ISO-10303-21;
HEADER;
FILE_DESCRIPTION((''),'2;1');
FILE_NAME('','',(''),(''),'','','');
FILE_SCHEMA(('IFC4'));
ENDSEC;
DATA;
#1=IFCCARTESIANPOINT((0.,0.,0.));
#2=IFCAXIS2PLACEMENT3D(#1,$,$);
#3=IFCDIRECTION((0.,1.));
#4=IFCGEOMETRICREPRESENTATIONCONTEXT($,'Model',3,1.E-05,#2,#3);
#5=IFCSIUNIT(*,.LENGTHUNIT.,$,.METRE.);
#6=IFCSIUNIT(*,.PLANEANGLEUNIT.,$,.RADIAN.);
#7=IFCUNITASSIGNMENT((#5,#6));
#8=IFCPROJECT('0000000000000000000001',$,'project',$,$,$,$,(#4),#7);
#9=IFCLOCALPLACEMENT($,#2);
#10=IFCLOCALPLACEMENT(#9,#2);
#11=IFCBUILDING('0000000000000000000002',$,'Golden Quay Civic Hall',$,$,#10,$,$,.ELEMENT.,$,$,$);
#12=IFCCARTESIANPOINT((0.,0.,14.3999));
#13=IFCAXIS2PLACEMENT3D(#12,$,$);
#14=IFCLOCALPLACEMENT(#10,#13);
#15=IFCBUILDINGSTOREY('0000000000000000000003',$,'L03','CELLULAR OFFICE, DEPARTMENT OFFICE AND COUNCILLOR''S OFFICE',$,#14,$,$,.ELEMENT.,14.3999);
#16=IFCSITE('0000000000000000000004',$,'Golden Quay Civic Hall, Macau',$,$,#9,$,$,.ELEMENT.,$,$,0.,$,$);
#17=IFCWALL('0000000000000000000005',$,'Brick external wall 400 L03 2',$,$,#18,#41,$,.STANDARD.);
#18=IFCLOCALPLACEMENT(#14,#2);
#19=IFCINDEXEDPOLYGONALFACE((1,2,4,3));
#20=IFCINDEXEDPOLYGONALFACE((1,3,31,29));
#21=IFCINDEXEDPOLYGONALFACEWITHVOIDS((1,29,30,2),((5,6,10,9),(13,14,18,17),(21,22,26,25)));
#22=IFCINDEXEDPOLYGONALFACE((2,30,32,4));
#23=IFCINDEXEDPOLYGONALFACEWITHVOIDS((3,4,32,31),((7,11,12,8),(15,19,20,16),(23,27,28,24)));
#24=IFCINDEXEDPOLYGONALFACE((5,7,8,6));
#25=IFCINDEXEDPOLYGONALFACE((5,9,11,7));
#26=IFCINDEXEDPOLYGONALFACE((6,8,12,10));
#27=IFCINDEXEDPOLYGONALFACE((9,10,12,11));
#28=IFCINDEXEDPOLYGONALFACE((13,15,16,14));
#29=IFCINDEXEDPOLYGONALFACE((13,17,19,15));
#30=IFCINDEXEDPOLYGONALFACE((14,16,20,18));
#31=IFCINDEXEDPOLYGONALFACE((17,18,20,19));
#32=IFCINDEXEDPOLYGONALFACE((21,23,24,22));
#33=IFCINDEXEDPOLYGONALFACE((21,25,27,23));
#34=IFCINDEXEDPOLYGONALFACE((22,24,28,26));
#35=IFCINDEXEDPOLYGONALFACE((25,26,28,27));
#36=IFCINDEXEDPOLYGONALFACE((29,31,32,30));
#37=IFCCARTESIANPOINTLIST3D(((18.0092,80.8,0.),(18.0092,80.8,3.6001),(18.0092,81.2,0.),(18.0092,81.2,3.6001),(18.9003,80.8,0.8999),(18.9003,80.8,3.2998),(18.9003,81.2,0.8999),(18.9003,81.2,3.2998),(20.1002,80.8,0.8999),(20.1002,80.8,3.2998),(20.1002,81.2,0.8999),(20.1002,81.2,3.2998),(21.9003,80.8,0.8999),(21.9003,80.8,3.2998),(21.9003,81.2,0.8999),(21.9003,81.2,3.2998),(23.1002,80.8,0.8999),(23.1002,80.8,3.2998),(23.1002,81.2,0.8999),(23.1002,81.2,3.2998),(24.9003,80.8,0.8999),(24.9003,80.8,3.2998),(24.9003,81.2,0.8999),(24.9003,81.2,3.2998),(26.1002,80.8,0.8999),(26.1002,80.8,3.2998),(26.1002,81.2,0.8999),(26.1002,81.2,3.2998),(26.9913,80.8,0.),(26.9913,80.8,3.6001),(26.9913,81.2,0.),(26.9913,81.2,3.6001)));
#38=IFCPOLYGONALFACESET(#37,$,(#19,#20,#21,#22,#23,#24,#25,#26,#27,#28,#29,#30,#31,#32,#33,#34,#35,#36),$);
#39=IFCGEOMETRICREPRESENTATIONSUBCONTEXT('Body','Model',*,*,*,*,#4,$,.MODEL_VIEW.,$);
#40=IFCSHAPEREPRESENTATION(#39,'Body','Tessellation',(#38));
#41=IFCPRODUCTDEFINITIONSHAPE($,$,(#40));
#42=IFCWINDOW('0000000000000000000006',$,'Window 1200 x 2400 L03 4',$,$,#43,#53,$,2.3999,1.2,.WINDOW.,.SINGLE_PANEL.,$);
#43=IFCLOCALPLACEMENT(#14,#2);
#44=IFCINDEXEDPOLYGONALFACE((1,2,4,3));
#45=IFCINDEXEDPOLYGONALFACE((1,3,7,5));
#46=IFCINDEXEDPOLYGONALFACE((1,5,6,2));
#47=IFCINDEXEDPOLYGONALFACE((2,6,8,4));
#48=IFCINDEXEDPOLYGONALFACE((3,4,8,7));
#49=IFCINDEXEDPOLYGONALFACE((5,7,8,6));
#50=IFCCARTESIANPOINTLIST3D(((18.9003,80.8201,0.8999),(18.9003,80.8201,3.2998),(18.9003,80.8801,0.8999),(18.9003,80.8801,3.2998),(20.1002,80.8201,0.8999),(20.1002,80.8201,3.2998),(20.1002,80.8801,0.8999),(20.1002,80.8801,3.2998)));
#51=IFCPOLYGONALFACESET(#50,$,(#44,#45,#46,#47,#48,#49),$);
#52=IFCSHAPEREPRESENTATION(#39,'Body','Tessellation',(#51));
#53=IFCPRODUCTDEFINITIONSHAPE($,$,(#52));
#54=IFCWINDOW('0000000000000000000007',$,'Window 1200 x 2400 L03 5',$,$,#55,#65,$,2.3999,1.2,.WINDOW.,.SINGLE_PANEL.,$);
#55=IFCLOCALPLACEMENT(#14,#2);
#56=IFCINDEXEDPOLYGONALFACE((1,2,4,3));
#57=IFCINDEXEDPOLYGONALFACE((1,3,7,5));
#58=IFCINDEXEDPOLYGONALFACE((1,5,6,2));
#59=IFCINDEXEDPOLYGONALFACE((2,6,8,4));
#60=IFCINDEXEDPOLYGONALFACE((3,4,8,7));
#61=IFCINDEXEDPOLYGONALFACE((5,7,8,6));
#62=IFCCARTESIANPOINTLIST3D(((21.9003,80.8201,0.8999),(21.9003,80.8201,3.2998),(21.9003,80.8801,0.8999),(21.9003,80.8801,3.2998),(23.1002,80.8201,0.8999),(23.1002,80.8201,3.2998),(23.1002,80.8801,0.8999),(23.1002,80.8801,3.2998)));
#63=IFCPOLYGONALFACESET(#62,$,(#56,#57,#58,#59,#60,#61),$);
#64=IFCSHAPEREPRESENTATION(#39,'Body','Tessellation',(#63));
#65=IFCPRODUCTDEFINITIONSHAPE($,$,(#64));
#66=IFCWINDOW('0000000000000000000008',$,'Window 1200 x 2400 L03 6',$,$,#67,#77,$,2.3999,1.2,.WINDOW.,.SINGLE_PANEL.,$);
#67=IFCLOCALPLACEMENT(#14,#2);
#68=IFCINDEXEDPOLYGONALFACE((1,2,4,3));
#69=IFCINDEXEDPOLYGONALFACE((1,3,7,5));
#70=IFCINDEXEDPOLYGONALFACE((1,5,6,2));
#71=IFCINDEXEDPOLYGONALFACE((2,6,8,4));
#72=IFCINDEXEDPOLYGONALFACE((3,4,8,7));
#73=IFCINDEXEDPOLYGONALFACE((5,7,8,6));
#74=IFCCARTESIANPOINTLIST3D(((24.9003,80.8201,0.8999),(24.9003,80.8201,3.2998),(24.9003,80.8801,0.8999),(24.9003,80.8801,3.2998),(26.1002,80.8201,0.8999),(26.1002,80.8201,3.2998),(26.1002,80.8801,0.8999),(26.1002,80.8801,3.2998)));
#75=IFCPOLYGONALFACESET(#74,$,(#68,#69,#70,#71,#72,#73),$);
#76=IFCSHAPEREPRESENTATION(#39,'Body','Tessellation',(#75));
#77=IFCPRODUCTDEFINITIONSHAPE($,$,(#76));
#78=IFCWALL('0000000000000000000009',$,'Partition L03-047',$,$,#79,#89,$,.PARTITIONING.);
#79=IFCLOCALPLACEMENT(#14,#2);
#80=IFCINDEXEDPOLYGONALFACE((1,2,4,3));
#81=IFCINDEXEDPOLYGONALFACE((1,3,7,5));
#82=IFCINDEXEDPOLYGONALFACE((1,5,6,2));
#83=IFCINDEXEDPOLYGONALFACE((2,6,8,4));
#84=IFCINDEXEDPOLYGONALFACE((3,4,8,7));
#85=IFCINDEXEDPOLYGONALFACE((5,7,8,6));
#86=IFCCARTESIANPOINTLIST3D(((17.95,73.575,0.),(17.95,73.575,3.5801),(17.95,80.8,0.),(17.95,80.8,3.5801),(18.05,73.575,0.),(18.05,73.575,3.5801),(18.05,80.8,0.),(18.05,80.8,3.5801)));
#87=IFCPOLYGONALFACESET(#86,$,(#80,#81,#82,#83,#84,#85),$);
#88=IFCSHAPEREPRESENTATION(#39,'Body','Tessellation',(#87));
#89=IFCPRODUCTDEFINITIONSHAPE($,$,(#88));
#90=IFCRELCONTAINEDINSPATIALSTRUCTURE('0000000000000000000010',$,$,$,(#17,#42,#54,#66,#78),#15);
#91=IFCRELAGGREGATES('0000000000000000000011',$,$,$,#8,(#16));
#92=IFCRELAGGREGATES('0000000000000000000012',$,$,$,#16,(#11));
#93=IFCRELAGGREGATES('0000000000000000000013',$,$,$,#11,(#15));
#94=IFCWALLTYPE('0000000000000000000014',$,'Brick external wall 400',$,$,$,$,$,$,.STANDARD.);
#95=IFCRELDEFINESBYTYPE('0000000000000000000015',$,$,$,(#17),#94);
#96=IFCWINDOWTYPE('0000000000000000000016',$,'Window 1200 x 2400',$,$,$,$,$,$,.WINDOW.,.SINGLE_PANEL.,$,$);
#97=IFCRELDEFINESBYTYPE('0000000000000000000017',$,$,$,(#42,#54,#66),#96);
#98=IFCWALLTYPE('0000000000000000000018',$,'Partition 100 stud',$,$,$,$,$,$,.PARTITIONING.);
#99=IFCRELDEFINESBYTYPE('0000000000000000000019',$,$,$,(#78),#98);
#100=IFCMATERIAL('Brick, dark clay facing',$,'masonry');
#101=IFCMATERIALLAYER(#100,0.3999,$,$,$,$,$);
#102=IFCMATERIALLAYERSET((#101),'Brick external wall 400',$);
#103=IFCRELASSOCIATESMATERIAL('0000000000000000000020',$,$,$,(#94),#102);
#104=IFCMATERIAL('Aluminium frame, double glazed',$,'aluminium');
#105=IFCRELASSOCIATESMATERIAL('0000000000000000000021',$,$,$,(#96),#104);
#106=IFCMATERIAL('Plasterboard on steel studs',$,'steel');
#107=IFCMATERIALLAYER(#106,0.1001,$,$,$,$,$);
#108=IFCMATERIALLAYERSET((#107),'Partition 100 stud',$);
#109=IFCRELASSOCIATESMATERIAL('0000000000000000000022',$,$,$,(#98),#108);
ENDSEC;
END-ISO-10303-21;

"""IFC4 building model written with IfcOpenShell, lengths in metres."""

from ifc_helpers import new_model, si_unit, direction, frame, frame_2d, origin, place, context, subcontext, project, spatial, rectangle, extrude, material, layer, layer_set, type_object, element, fill, save


model = new_model("IFC4")

# Units and contexts
model_context = context("Model", 3, precision=1e-05, world=origin(), true_north=direction((0.0, 1.0)))
body_context = subcontext(model_context, "Body", "Model", "MODEL_VIEW")
ifc_project = project(units=[si_unit("LENGTHUNIT", "METRE"), si_unit("PLANEANGLEUNIT", "RADIAN")], contexts=[model_context])

# Site, building, storey
site_placement = place(None, origin())
site = spatial("IfcSite", under=ifc_project, at=site_placement, Name="Golden Quay Civic Hall, Macau", CompositionType="ELEMENT", RefElevation=0.0)
building_placement = place(site_placement, origin())
building = spatial("IfcBuilding", under=site, at=building_placement, Name="Golden Quay Civic Hall", CompositionType="ELEMENT")
storey_placement = place(building_placement, frame((0.0, 0.0, 14.3999)))
storey = spatial("IfcBuildingStorey", under=building, at=storey_placement, Name="L03", Description="CELLULAR OFFICE, DEPARTMENT OFFICE AND COUNCILLOR'S OFFICE", CompositionType="ELEMENT", Elevation=14.3999)

# Wall, openings, windows
ifc_material_1 = material(Name="Brick, dark clay facing", Category="masonry")
ifc_layer_1 = layer(ifc_material_1, 0.3999)
ifc_layer_set_1 = layer_set([ifc_layer_1], Name="Brick external wall 400")
wall_type_1 = type_object("IfcWallType", Name="Brick external wall 400", PredefinedType="STANDARD", material=ifc_layer_set_1)
wall_1_placement = place(storey_placement, frame((18.009, 81.0, 0.0), z_axis=(0.0, 0.0, 1.0), x_axis=(1.0, 0.0, 0.0)))
wall_1 = element("IfcWall", 1, at=wall_1_placement, inside=storey, type_object=wall_type_1, Name="Brick external wall 400 L03 2", PredefinedType="STANDARD", context=body_context, shape_type="SweptSolid", body=[
    extrude(rectangle(XDim=8.9822, YDim=0.3999, at=frame_2d((4.4912, 0.0))), origin(), (0.0, 0.0, 1.0), 3.6001),
])
opening_1_placement = place(wall_1_placement, frame((0.8911, 0.0, 0.8999)))
opening_1 = element("IfcOpeningElement", 2, at=opening_1_placement, cuts=wall_1, PredefinedType="OPENING", context=body_context, shape_type="SweptSolid", body=[
    extrude(rectangle(XDim=1.2, YDim=2.3999, at=frame_2d((0.6001, 1.2))), frame((0.0, 0.21, 0.0), z_axis=(0.0, -1.0, 0.0), x_axis=(1.0, 0.0, 0.0)), (0.0, 0.0, 1.0), 0.4199),
])
opening_2_placement = place(wall_1_placement, frame((3.8911, 0.0, 0.8999)))
opening_2 = element("IfcOpeningElement", 3, at=opening_2_placement, cuts=wall_1, PredefinedType="OPENING", context=body_context, shape_type="SweptSolid", body=[
    extrude(rectangle(XDim=1.2, YDim=2.3999, at=frame_2d((0.6001, 1.2))), frame((0.0, 0.21, 0.0), z_axis=(0.0, -1.0, 0.0), x_axis=(1.0, 0.0, 0.0)), (0.0, 0.0, 1.0), 0.4199),
])
opening_3_placement = place(wall_1_placement, frame((6.8911, 0.0, 0.8999)))
opening_3 = element("IfcOpeningElement", 4, at=opening_3_placement, cuts=wall_1, PredefinedType="OPENING", context=body_context, shape_type="SweptSolid", body=[
    extrude(rectangle(XDim=1.2, YDim=2.3999, at=frame_2d((0.6001, 1.2))), frame((0.0, 0.21, 0.0), z_axis=(0.0, -1.0, 0.0), x_axis=(1.0, 0.0, 0.0)), (0.0, 0.0, 1.0), 0.4199),
])
ifc_material_2 = material(Name="Aluminium frame, double glazed", Category="aluminium")
window_type = type_object("IfcWindowType", Name="Window 1200 x 2400", PartitioningType="SINGLE_PANEL", PredefinedType="WINDOW", material=ifc_material_2)
window_1_placement = place(opening_1_placement, origin())
window_1 = element("IfcWindow", 5, at=window_1_placement, inside=storey, type_object=window_type, Name="Window 1200 x 2400 L03 4", OverallHeight=2.3999, OverallWidth=1.2, PartitioningType="SINGLE_PANEL", PredefinedType="WINDOW", context=body_context, shape_type="SweptSolid", body=[
    extrude(rectangle(XDim=1.2, YDim=2.3999, at=frame_2d((0.6001, 1.2))), frame((0.0, -0.1199, 0.0), z_axis=(0.0, -1.0, 0.0), x_axis=(1.0, 0.0, 0.0)), (0.0, 0.0, 1.0), 0.0601),
])
fill(opening_1, window_1)
window_2_placement = place(opening_2_placement, origin())
window_2 = element("IfcWindow", 6, at=window_2_placement, inside=storey, type_object=window_type, Name="Window 1200 x 2400 L03 5", OverallHeight=2.3999, OverallWidth=1.2, PartitioningType="SINGLE_PANEL", PredefinedType="WINDOW", context=body_context, shape_type="SweptSolid", body=[
    extrude(rectangle(XDim=1.2, YDim=2.3999, at=frame_2d((0.6001, 1.2))), frame((0.0, -0.1199, 0.0), z_axis=(0.0, -1.0, 0.0), x_axis=(1.0, 0.0, 0.0)), (0.0, 0.0, 1.0), 0.0601),
])
fill(opening_2, window_2)
window_3_placement = place(opening_3_placement, origin())
window_3 = element("IfcWindow", 7, at=window_3_placement, inside=storey, type_object=window_type, Name="Window 1200 x 2400 L03 6", OverallHeight=2.3999, OverallWidth=1.2, PartitioningType="SINGLE_PANEL", PredefinedType="WINDOW", context=body_context, shape_type="SweptSolid", body=[
    extrude(rectangle(XDim=1.2, YDim=2.3999, at=frame_2d((0.6001, 1.2))), frame((0.0, -0.1199, 0.0), z_axis=(0.0, -1.0, 0.0), x_axis=(1.0, 0.0, 0.0)), (0.0, 0.0, 1.0), 0.0601),
])
fill(opening_3, window_3)

# Wall
ifc_material_3 = material(Name="Plasterboard on steel studs", Category="steel")
ifc_layer_2 = layer(ifc_material_3, 0.1001)
ifc_layer_set_2 = layer_set([ifc_layer_2], Name="Partition 100 stud")
wall_type_2 = type_object("IfcWallType", Name="Partition 100 stud", PredefinedType="PARTITIONING", material=ifc_layer_set_2)
wall_2_placement = place(storey_placement, frame((18.0, 73.575, 0.0), z_axis=(0.0, 0.0, 1.0), x_axis=(0.0, 1.0, 0.0)))
element("IfcWall", 8, at=wall_2_placement, inside=storey, type_object=wall_type_2, Name="Partition L03-047", PredefinedType="PARTITIONING", context=body_context, shape_type="SweptSolid", body=[
    extrude(rectangle(XDim=7.2251, YDim=0.1001, at=frame_2d((3.6125, 0.0))), origin(), (0.0, 0.0, 1.0), 3.5801),
])

save(model, "model.ifc")
